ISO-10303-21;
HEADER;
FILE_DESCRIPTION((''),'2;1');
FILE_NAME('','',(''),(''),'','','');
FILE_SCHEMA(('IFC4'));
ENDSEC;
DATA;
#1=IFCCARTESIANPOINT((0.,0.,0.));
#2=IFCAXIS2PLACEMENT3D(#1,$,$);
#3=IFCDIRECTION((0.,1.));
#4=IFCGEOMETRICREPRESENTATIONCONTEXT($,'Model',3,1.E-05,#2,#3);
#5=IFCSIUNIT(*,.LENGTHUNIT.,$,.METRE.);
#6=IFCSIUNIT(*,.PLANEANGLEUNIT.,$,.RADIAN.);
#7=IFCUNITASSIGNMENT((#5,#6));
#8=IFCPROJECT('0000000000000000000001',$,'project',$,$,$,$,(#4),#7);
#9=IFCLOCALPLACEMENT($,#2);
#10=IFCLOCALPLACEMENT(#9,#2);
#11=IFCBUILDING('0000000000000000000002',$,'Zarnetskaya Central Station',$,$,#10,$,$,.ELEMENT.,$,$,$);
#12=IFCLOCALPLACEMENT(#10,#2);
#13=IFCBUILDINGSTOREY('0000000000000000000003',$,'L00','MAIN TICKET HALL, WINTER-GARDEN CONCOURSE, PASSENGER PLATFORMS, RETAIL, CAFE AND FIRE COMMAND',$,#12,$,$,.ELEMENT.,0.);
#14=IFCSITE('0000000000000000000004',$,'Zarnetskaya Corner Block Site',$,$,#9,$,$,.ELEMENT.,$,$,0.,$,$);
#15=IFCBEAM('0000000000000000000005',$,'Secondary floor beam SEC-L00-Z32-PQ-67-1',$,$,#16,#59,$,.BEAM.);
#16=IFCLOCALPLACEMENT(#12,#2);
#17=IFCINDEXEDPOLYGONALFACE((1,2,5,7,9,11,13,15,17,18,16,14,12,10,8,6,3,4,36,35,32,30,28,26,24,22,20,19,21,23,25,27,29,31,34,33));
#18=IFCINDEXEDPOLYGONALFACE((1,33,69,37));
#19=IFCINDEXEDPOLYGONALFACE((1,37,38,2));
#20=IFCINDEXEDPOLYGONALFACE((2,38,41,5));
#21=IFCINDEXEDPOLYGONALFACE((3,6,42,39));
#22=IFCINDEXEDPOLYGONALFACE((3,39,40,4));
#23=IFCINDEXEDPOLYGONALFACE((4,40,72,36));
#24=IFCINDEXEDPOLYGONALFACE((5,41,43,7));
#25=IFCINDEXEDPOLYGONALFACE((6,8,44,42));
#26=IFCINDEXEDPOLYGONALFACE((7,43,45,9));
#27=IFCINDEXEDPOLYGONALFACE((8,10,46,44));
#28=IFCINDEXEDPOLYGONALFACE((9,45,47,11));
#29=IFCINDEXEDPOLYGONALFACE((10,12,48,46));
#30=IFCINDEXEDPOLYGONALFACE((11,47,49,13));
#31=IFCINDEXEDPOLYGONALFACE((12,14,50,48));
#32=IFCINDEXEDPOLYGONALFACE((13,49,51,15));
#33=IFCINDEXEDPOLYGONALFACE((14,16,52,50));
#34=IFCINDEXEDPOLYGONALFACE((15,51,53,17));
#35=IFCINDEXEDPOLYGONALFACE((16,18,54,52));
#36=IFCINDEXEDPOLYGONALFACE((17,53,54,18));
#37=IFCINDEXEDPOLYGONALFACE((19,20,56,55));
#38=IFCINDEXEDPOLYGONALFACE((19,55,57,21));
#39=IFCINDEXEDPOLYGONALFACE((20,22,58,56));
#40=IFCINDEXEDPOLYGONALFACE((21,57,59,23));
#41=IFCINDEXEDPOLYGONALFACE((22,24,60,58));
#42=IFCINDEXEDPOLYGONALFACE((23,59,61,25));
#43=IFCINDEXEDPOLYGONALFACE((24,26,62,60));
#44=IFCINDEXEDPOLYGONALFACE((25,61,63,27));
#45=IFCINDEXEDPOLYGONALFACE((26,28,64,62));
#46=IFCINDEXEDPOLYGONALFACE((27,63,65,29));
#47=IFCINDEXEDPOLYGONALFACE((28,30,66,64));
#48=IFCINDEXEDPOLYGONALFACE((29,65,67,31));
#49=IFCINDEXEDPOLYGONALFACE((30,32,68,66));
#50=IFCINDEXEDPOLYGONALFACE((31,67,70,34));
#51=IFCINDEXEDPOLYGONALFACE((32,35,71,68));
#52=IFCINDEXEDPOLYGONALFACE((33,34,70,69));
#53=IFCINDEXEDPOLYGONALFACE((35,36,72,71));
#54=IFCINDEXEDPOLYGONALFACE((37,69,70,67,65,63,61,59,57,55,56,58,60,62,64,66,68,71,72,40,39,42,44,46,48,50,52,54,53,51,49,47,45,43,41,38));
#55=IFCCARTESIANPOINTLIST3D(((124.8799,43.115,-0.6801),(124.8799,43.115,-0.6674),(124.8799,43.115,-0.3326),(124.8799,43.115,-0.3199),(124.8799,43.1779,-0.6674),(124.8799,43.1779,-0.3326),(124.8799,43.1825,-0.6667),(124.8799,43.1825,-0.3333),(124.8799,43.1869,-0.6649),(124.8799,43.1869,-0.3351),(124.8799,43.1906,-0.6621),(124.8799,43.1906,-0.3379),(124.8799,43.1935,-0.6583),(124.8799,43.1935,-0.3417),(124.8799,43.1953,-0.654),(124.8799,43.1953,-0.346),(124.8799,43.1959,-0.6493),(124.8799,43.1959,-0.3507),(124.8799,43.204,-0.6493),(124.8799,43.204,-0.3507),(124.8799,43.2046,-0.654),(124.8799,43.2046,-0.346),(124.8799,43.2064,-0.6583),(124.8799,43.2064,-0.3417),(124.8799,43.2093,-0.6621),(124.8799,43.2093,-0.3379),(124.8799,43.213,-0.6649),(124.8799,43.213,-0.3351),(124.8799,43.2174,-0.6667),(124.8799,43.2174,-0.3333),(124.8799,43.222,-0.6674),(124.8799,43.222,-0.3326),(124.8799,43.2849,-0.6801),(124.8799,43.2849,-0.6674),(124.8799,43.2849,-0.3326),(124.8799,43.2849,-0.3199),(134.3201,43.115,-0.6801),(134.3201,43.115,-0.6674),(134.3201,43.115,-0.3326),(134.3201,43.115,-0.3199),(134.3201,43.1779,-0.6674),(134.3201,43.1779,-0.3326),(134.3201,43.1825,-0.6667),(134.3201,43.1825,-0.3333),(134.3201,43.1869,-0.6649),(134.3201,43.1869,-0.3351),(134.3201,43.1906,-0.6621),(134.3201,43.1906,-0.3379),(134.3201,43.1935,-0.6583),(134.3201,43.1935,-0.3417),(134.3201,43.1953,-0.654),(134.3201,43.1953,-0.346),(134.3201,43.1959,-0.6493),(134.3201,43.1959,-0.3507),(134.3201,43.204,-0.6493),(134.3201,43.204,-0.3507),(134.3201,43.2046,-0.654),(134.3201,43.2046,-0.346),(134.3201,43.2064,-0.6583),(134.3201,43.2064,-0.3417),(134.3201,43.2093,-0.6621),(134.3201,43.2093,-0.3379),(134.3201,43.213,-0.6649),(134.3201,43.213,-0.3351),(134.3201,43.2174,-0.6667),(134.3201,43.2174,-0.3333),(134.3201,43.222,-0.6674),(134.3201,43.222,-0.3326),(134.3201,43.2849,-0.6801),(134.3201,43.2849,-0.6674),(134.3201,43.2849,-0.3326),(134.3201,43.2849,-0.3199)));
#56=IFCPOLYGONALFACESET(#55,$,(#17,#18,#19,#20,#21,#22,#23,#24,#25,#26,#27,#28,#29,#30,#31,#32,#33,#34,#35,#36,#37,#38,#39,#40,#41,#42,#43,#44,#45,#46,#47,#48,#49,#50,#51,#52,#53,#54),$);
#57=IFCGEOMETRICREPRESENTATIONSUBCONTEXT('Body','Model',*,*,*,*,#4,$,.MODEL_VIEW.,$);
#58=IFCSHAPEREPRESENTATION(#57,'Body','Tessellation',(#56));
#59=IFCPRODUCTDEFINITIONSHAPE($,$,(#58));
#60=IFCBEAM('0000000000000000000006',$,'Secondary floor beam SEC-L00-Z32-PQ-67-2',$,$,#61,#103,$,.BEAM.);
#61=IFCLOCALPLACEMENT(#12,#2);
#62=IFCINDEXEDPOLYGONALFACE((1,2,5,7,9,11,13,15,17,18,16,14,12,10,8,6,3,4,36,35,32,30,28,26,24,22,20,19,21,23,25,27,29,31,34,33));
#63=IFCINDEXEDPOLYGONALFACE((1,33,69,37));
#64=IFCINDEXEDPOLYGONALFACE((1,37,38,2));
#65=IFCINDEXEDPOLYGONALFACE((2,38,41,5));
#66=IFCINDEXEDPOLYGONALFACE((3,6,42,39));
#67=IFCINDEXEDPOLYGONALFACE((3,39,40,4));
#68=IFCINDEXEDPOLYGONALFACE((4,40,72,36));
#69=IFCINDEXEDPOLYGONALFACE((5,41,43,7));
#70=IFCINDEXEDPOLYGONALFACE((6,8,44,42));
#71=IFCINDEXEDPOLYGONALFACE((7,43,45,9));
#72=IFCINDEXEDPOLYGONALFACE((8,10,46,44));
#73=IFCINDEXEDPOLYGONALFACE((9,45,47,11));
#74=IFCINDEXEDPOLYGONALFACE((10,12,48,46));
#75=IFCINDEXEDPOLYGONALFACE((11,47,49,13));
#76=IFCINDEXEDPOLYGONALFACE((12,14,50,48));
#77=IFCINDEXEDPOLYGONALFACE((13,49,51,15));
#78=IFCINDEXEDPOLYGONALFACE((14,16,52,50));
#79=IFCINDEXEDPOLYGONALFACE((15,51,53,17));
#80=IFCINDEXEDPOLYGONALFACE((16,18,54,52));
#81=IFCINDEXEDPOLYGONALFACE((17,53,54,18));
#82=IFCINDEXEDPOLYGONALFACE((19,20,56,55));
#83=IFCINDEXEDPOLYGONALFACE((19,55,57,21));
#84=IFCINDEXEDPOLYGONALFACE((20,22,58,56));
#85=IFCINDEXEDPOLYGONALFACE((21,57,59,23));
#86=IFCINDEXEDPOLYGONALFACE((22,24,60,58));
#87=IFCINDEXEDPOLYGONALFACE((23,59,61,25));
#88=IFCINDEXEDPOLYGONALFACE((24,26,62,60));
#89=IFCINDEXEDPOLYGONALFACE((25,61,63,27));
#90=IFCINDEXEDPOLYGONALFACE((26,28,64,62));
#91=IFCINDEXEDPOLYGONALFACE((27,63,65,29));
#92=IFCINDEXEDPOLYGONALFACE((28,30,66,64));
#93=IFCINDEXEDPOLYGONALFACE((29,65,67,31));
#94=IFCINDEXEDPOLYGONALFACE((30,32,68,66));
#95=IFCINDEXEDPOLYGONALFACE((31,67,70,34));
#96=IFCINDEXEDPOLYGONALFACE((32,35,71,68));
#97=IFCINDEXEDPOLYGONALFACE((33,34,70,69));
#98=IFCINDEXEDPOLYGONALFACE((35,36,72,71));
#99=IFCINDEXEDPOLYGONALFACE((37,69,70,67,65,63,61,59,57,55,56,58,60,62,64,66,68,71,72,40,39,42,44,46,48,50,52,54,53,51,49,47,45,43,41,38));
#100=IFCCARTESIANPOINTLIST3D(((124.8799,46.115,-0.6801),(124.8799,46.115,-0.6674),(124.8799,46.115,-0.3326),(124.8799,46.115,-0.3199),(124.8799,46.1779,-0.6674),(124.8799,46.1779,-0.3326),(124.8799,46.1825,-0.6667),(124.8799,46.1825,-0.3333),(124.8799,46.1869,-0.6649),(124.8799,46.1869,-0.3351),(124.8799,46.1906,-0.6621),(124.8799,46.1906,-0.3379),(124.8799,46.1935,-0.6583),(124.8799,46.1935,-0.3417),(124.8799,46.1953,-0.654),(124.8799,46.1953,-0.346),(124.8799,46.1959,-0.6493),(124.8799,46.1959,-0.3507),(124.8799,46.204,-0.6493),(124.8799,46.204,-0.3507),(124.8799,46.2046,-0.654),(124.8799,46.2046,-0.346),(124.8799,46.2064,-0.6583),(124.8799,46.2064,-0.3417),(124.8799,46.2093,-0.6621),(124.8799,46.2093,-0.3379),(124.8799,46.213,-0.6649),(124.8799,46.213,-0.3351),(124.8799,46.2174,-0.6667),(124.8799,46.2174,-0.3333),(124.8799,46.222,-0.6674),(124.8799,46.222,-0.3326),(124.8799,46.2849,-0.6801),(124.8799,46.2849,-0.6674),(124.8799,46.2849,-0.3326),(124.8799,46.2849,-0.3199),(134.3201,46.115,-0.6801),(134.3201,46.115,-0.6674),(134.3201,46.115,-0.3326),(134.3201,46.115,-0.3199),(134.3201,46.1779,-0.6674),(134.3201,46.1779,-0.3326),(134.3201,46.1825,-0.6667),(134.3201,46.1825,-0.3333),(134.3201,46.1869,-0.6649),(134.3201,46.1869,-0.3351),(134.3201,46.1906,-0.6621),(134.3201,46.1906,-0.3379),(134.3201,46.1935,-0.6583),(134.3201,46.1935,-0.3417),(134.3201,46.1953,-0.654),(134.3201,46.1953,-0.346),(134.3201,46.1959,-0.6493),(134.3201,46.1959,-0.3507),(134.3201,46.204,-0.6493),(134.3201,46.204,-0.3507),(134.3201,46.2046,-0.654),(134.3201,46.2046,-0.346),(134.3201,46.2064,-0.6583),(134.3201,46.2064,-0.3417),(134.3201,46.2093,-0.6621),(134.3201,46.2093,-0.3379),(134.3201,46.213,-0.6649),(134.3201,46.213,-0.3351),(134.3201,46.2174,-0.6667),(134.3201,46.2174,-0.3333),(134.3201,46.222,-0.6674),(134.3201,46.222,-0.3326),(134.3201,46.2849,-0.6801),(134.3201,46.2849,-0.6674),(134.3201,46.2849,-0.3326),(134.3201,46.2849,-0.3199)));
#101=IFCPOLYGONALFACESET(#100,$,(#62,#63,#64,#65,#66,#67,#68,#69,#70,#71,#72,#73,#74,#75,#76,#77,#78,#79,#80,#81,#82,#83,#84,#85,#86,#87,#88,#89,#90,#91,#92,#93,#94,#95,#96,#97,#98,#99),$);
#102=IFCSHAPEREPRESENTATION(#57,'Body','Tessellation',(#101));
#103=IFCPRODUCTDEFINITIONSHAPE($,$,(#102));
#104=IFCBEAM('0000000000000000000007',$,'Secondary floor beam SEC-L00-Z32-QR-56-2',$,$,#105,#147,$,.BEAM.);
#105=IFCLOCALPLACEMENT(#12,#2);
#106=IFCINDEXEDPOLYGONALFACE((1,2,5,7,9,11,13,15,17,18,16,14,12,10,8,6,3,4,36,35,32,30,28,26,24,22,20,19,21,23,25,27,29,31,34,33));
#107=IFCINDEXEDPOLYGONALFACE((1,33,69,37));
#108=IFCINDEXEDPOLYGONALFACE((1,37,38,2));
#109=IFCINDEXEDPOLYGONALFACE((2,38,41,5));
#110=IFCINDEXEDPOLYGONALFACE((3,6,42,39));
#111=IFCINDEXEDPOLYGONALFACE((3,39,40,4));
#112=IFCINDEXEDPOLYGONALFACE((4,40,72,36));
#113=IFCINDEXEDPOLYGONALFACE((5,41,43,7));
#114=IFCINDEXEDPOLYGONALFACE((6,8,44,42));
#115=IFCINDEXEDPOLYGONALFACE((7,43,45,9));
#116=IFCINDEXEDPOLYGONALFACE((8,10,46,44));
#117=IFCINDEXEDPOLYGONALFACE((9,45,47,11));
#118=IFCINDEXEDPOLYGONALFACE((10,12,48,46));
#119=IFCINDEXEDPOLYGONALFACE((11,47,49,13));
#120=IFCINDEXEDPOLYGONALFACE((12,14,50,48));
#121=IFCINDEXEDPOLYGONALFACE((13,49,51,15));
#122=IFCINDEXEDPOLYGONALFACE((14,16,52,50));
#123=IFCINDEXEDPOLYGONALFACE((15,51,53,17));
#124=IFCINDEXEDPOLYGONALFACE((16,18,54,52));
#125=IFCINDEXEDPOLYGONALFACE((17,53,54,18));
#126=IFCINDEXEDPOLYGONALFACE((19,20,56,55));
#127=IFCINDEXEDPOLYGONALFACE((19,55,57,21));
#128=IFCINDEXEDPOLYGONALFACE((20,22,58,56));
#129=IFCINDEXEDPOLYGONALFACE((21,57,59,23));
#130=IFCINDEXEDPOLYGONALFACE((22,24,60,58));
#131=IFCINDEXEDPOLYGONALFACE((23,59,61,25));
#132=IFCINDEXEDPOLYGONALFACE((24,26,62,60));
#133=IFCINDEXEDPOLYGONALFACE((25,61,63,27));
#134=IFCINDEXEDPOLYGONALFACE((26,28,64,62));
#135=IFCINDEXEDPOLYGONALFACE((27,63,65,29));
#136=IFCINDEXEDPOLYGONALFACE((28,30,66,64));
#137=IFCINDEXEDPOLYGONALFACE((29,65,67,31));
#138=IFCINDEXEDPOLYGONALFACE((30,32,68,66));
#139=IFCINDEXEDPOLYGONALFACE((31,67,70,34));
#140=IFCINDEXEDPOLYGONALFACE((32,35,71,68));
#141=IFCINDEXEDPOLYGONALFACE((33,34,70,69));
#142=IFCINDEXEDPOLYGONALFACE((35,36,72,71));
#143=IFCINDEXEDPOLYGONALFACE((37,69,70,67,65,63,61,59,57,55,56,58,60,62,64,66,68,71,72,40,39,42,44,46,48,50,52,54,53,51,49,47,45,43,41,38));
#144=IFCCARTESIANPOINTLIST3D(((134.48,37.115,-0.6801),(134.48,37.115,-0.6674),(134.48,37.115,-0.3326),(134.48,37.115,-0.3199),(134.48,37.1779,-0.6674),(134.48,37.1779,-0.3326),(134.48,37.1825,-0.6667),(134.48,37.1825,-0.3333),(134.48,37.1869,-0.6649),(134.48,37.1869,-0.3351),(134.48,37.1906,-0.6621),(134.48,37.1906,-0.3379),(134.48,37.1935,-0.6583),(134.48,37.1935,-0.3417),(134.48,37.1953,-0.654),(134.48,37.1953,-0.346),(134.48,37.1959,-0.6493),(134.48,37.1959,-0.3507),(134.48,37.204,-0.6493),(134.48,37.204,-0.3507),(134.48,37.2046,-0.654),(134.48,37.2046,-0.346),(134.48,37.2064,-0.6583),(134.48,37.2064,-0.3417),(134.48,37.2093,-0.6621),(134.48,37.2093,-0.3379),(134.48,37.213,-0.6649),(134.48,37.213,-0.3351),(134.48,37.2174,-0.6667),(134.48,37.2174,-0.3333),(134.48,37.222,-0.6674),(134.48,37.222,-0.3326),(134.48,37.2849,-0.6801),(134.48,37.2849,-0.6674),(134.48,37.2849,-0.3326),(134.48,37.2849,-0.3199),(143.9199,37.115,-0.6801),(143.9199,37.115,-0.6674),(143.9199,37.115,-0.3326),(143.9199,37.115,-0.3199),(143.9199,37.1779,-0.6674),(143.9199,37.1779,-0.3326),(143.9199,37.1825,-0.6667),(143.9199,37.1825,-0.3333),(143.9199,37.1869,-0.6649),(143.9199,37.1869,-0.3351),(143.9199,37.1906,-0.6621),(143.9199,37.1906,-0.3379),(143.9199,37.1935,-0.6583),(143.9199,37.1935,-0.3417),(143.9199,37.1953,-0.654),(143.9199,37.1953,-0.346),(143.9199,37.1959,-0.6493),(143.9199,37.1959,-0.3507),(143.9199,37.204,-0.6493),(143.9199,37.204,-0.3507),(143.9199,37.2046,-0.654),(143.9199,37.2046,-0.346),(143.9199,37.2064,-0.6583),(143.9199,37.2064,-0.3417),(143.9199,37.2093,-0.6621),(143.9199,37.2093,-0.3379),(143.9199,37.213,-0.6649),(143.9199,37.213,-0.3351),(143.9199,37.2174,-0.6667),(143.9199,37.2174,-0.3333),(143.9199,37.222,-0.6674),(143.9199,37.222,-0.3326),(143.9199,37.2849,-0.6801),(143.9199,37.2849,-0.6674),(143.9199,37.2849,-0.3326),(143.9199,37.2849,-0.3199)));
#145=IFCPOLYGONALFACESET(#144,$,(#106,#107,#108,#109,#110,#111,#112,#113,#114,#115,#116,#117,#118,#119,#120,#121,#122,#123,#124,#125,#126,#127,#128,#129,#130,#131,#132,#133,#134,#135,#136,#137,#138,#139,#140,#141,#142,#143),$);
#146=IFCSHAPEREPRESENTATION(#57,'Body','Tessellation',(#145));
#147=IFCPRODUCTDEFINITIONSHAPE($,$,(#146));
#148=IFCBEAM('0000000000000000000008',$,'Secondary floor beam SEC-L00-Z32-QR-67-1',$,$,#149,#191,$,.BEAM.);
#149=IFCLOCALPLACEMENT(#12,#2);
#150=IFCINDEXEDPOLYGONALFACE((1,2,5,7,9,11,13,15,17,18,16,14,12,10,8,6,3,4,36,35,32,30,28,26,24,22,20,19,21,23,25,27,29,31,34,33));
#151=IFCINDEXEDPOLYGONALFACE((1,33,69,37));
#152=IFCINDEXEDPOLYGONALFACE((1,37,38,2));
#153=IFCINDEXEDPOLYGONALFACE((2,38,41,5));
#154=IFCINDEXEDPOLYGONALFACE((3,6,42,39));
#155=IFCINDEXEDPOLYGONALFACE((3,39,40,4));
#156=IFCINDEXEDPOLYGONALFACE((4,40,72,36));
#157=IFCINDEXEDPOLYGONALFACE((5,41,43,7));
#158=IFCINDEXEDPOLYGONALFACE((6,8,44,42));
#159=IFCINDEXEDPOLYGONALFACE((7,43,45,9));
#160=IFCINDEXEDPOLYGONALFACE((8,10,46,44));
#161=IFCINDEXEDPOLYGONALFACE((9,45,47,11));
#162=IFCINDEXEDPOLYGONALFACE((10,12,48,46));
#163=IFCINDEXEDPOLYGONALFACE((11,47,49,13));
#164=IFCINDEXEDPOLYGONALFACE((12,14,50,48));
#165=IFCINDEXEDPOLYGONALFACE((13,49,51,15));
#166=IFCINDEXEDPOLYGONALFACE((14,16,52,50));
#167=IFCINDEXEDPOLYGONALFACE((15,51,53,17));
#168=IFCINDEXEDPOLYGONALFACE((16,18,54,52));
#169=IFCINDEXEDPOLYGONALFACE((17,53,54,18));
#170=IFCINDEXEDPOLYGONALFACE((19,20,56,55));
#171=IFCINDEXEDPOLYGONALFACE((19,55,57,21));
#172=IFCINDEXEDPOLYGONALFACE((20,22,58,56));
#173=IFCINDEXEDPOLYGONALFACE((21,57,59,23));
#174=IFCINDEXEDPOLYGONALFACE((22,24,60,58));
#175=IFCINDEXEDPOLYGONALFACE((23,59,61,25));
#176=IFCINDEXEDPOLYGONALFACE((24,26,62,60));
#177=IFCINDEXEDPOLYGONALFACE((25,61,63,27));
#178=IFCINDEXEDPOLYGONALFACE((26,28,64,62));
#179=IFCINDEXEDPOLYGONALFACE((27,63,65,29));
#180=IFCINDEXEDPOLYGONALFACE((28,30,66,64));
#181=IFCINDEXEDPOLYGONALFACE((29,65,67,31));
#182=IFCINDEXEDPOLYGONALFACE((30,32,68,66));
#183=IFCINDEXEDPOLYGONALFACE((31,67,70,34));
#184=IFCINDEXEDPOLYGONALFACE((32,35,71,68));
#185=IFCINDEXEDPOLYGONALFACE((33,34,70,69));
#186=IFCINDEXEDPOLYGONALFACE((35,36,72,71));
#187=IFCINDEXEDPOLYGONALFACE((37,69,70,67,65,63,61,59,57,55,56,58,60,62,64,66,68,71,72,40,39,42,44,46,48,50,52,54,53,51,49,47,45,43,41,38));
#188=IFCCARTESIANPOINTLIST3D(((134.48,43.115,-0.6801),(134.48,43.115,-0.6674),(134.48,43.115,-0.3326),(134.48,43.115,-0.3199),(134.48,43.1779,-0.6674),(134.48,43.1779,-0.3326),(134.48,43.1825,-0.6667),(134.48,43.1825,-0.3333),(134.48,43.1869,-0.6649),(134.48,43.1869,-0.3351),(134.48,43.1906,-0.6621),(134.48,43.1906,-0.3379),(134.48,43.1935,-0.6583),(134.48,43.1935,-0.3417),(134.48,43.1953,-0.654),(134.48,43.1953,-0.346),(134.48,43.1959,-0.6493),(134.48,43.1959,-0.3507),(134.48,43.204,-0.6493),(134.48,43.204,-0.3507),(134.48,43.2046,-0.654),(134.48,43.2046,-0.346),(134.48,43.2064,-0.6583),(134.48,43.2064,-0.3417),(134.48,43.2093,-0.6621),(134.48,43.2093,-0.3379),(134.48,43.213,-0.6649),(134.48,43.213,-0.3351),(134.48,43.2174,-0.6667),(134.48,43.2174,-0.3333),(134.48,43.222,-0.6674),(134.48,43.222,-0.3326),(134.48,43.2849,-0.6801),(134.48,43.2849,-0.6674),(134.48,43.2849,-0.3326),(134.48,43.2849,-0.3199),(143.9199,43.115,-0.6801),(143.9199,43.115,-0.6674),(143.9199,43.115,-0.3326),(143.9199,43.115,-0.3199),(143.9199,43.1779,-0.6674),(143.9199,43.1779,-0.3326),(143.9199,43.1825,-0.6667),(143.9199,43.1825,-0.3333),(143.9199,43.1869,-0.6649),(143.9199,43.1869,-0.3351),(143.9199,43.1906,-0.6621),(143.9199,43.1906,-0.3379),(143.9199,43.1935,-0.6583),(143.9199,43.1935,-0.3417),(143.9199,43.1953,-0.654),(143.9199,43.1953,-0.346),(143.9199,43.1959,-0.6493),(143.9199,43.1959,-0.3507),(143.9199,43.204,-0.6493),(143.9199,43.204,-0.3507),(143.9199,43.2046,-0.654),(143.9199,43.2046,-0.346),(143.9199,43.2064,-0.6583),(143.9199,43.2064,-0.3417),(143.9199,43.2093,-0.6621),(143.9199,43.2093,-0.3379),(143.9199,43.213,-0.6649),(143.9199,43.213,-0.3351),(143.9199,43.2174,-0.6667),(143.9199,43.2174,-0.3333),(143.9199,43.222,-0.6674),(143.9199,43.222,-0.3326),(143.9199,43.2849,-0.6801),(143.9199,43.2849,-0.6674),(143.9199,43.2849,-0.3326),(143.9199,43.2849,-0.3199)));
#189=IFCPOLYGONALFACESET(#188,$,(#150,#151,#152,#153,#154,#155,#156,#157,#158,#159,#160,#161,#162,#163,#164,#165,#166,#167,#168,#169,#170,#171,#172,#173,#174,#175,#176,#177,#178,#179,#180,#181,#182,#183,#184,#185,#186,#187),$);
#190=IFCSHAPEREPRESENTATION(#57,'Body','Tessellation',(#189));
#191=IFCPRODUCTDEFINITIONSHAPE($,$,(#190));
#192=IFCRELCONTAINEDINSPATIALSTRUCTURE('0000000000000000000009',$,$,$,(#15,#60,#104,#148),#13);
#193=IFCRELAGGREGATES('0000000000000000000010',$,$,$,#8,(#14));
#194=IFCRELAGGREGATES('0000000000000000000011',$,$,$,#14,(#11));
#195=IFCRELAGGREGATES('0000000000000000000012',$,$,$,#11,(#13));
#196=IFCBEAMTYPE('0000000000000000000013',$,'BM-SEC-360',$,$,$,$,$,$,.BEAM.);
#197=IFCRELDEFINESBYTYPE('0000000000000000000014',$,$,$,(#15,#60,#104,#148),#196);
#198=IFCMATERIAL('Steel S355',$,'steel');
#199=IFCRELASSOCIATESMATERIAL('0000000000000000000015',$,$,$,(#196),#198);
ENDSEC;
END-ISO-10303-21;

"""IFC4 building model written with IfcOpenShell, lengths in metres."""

from ifc_helpers import new_model, si_unit, direction, frame, origin, origin_2d, place, context, subcontext, project, spatial, i_section, extrude, material, material_profile, profile_set, type_object, element, save


model = new_model("IFC4")

# Units and contexts
model_context = context("Model", 3, precision=1e-05, world=origin(), true_north=direction((0.0, 1.0)))
body_context = subcontext(model_context, "Body", "Model", "MODEL_VIEW")
ifc_project = project(units=[si_unit("LENGTHUNIT", "METRE"), si_unit("PLANEANGLEUNIT", "RADIAN")], contexts=[model_context])

# Site, building, storey
site_placement = place(None, origin())
site = spatial("IfcSite", under=ifc_project, at=site_placement, Name="Zarnetskaya Corner Block Site", CompositionType="ELEMENT", RefElevation=0.0)
building_placement = place(site_placement, origin())
building = spatial("IfcBuilding", under=site, at=building_placement, Name="Zarnetskaya Central Station", CompositionType="ELEMENT")
storey_placement = place(building_placement, origin())
storey = spatial("IfcBuildingStorey", under=building, at=storey_placement, Name="L00", Description="MAIN TICKET HALL, WINTER-GARDEN CONCOURSE, PASSENGER PLATFORMS, RETAIL, CAFE AND FIRE COMMAND", CompositionType="ELEMENT", Elevation=0.0)

# Shared definitions
ifc_material_1 = material(Name="Steel S355", Category="steel")

# Beams
ifc_material_profile_1 = material_profile(ifc_material_1, i_section(OverallWidth=0.1699, OverallDepth=0.3601, WebThickness=0.0081, FlangeThickness=0.0127, FilletRadius=0.0181, at=origin_2d()), Name="IPE 360")
ifc_profile_set_1 = profile_set([ifc_material_profile_1], Name="Steel S355")
beam_type_1 = type_object("IfcBeamType", Name="BM-SEC-360", PredefinedType="BEAM", material=ifc_profile_set_1)
for number, where, z_axis, x_axis, name in (
    (1, (124.8799, 43.2, -0.5), (1.0, 0.0, 0.0), (0.0, 1.0, 0.0), "Secondary floor beam SEC-L00-Z32-PQ-67-1"),
    (2, (124.8799, 46.2, -0.5), (1.0, 0.0, 0.0), (0.0, 1.0, 0.0), "Secondary floor beam SEC-L00-Z32-PQ-67-2"),
):
    element("IfcBeam", number, at=place(storey_placement, frame(where, z_axis=z_axis, x_axis=x_axis)), inside=storey, type_object=beam_type_1, Name=name, PredefinedType="BEAM", context=body_context, shape_type="SweptSolid", body=[
        extrude(i_section(OverallWidth=0.1699, OverallDepth=0.3601, WebThickness=0.0081, FlangeThickness=0.0127, FilletRadius=0.0181, at=origin_2d()), origin(), (0.0, 0.0, 1.0), 9.4402),
    ])
for number, where, z_axis, x_axis, name in (
    (3, (134.48, 37.2, -0.5), (1.0, 0.0, 0.0), (0.0, 1.0, 0.0), "Secondary floor beam SEC-L00-Z32-QR-56-2"),
    (4, (134.48, 43.2, -0.5), (1.0, 0.0, 0.0), (0.0, 1.0, 0.0), "Secondary floor beam SEC-L00-Z32-QR-67-1"),
):
    element("IfcBeam", number, at=place(storey_placement, frame(where, z_axis=z_axis, x_axis=x_axis)), inside=storey, type_object=beam_type_1, Name=name, PredefinedType="BEAM", context=body_context, shape_type="SweptSolid", body=[
        extrude(i_section(OverallWidth=0.1699, OverallDepth=0.3601, WebThickness=0.0081, FlangeThickness=0.0127, FilletRadius=0.0181, at=origin_2d()), origin(), (0.0, 0.0, 1.0), 9.4399),
    ])

save(model, "model.ifc")
